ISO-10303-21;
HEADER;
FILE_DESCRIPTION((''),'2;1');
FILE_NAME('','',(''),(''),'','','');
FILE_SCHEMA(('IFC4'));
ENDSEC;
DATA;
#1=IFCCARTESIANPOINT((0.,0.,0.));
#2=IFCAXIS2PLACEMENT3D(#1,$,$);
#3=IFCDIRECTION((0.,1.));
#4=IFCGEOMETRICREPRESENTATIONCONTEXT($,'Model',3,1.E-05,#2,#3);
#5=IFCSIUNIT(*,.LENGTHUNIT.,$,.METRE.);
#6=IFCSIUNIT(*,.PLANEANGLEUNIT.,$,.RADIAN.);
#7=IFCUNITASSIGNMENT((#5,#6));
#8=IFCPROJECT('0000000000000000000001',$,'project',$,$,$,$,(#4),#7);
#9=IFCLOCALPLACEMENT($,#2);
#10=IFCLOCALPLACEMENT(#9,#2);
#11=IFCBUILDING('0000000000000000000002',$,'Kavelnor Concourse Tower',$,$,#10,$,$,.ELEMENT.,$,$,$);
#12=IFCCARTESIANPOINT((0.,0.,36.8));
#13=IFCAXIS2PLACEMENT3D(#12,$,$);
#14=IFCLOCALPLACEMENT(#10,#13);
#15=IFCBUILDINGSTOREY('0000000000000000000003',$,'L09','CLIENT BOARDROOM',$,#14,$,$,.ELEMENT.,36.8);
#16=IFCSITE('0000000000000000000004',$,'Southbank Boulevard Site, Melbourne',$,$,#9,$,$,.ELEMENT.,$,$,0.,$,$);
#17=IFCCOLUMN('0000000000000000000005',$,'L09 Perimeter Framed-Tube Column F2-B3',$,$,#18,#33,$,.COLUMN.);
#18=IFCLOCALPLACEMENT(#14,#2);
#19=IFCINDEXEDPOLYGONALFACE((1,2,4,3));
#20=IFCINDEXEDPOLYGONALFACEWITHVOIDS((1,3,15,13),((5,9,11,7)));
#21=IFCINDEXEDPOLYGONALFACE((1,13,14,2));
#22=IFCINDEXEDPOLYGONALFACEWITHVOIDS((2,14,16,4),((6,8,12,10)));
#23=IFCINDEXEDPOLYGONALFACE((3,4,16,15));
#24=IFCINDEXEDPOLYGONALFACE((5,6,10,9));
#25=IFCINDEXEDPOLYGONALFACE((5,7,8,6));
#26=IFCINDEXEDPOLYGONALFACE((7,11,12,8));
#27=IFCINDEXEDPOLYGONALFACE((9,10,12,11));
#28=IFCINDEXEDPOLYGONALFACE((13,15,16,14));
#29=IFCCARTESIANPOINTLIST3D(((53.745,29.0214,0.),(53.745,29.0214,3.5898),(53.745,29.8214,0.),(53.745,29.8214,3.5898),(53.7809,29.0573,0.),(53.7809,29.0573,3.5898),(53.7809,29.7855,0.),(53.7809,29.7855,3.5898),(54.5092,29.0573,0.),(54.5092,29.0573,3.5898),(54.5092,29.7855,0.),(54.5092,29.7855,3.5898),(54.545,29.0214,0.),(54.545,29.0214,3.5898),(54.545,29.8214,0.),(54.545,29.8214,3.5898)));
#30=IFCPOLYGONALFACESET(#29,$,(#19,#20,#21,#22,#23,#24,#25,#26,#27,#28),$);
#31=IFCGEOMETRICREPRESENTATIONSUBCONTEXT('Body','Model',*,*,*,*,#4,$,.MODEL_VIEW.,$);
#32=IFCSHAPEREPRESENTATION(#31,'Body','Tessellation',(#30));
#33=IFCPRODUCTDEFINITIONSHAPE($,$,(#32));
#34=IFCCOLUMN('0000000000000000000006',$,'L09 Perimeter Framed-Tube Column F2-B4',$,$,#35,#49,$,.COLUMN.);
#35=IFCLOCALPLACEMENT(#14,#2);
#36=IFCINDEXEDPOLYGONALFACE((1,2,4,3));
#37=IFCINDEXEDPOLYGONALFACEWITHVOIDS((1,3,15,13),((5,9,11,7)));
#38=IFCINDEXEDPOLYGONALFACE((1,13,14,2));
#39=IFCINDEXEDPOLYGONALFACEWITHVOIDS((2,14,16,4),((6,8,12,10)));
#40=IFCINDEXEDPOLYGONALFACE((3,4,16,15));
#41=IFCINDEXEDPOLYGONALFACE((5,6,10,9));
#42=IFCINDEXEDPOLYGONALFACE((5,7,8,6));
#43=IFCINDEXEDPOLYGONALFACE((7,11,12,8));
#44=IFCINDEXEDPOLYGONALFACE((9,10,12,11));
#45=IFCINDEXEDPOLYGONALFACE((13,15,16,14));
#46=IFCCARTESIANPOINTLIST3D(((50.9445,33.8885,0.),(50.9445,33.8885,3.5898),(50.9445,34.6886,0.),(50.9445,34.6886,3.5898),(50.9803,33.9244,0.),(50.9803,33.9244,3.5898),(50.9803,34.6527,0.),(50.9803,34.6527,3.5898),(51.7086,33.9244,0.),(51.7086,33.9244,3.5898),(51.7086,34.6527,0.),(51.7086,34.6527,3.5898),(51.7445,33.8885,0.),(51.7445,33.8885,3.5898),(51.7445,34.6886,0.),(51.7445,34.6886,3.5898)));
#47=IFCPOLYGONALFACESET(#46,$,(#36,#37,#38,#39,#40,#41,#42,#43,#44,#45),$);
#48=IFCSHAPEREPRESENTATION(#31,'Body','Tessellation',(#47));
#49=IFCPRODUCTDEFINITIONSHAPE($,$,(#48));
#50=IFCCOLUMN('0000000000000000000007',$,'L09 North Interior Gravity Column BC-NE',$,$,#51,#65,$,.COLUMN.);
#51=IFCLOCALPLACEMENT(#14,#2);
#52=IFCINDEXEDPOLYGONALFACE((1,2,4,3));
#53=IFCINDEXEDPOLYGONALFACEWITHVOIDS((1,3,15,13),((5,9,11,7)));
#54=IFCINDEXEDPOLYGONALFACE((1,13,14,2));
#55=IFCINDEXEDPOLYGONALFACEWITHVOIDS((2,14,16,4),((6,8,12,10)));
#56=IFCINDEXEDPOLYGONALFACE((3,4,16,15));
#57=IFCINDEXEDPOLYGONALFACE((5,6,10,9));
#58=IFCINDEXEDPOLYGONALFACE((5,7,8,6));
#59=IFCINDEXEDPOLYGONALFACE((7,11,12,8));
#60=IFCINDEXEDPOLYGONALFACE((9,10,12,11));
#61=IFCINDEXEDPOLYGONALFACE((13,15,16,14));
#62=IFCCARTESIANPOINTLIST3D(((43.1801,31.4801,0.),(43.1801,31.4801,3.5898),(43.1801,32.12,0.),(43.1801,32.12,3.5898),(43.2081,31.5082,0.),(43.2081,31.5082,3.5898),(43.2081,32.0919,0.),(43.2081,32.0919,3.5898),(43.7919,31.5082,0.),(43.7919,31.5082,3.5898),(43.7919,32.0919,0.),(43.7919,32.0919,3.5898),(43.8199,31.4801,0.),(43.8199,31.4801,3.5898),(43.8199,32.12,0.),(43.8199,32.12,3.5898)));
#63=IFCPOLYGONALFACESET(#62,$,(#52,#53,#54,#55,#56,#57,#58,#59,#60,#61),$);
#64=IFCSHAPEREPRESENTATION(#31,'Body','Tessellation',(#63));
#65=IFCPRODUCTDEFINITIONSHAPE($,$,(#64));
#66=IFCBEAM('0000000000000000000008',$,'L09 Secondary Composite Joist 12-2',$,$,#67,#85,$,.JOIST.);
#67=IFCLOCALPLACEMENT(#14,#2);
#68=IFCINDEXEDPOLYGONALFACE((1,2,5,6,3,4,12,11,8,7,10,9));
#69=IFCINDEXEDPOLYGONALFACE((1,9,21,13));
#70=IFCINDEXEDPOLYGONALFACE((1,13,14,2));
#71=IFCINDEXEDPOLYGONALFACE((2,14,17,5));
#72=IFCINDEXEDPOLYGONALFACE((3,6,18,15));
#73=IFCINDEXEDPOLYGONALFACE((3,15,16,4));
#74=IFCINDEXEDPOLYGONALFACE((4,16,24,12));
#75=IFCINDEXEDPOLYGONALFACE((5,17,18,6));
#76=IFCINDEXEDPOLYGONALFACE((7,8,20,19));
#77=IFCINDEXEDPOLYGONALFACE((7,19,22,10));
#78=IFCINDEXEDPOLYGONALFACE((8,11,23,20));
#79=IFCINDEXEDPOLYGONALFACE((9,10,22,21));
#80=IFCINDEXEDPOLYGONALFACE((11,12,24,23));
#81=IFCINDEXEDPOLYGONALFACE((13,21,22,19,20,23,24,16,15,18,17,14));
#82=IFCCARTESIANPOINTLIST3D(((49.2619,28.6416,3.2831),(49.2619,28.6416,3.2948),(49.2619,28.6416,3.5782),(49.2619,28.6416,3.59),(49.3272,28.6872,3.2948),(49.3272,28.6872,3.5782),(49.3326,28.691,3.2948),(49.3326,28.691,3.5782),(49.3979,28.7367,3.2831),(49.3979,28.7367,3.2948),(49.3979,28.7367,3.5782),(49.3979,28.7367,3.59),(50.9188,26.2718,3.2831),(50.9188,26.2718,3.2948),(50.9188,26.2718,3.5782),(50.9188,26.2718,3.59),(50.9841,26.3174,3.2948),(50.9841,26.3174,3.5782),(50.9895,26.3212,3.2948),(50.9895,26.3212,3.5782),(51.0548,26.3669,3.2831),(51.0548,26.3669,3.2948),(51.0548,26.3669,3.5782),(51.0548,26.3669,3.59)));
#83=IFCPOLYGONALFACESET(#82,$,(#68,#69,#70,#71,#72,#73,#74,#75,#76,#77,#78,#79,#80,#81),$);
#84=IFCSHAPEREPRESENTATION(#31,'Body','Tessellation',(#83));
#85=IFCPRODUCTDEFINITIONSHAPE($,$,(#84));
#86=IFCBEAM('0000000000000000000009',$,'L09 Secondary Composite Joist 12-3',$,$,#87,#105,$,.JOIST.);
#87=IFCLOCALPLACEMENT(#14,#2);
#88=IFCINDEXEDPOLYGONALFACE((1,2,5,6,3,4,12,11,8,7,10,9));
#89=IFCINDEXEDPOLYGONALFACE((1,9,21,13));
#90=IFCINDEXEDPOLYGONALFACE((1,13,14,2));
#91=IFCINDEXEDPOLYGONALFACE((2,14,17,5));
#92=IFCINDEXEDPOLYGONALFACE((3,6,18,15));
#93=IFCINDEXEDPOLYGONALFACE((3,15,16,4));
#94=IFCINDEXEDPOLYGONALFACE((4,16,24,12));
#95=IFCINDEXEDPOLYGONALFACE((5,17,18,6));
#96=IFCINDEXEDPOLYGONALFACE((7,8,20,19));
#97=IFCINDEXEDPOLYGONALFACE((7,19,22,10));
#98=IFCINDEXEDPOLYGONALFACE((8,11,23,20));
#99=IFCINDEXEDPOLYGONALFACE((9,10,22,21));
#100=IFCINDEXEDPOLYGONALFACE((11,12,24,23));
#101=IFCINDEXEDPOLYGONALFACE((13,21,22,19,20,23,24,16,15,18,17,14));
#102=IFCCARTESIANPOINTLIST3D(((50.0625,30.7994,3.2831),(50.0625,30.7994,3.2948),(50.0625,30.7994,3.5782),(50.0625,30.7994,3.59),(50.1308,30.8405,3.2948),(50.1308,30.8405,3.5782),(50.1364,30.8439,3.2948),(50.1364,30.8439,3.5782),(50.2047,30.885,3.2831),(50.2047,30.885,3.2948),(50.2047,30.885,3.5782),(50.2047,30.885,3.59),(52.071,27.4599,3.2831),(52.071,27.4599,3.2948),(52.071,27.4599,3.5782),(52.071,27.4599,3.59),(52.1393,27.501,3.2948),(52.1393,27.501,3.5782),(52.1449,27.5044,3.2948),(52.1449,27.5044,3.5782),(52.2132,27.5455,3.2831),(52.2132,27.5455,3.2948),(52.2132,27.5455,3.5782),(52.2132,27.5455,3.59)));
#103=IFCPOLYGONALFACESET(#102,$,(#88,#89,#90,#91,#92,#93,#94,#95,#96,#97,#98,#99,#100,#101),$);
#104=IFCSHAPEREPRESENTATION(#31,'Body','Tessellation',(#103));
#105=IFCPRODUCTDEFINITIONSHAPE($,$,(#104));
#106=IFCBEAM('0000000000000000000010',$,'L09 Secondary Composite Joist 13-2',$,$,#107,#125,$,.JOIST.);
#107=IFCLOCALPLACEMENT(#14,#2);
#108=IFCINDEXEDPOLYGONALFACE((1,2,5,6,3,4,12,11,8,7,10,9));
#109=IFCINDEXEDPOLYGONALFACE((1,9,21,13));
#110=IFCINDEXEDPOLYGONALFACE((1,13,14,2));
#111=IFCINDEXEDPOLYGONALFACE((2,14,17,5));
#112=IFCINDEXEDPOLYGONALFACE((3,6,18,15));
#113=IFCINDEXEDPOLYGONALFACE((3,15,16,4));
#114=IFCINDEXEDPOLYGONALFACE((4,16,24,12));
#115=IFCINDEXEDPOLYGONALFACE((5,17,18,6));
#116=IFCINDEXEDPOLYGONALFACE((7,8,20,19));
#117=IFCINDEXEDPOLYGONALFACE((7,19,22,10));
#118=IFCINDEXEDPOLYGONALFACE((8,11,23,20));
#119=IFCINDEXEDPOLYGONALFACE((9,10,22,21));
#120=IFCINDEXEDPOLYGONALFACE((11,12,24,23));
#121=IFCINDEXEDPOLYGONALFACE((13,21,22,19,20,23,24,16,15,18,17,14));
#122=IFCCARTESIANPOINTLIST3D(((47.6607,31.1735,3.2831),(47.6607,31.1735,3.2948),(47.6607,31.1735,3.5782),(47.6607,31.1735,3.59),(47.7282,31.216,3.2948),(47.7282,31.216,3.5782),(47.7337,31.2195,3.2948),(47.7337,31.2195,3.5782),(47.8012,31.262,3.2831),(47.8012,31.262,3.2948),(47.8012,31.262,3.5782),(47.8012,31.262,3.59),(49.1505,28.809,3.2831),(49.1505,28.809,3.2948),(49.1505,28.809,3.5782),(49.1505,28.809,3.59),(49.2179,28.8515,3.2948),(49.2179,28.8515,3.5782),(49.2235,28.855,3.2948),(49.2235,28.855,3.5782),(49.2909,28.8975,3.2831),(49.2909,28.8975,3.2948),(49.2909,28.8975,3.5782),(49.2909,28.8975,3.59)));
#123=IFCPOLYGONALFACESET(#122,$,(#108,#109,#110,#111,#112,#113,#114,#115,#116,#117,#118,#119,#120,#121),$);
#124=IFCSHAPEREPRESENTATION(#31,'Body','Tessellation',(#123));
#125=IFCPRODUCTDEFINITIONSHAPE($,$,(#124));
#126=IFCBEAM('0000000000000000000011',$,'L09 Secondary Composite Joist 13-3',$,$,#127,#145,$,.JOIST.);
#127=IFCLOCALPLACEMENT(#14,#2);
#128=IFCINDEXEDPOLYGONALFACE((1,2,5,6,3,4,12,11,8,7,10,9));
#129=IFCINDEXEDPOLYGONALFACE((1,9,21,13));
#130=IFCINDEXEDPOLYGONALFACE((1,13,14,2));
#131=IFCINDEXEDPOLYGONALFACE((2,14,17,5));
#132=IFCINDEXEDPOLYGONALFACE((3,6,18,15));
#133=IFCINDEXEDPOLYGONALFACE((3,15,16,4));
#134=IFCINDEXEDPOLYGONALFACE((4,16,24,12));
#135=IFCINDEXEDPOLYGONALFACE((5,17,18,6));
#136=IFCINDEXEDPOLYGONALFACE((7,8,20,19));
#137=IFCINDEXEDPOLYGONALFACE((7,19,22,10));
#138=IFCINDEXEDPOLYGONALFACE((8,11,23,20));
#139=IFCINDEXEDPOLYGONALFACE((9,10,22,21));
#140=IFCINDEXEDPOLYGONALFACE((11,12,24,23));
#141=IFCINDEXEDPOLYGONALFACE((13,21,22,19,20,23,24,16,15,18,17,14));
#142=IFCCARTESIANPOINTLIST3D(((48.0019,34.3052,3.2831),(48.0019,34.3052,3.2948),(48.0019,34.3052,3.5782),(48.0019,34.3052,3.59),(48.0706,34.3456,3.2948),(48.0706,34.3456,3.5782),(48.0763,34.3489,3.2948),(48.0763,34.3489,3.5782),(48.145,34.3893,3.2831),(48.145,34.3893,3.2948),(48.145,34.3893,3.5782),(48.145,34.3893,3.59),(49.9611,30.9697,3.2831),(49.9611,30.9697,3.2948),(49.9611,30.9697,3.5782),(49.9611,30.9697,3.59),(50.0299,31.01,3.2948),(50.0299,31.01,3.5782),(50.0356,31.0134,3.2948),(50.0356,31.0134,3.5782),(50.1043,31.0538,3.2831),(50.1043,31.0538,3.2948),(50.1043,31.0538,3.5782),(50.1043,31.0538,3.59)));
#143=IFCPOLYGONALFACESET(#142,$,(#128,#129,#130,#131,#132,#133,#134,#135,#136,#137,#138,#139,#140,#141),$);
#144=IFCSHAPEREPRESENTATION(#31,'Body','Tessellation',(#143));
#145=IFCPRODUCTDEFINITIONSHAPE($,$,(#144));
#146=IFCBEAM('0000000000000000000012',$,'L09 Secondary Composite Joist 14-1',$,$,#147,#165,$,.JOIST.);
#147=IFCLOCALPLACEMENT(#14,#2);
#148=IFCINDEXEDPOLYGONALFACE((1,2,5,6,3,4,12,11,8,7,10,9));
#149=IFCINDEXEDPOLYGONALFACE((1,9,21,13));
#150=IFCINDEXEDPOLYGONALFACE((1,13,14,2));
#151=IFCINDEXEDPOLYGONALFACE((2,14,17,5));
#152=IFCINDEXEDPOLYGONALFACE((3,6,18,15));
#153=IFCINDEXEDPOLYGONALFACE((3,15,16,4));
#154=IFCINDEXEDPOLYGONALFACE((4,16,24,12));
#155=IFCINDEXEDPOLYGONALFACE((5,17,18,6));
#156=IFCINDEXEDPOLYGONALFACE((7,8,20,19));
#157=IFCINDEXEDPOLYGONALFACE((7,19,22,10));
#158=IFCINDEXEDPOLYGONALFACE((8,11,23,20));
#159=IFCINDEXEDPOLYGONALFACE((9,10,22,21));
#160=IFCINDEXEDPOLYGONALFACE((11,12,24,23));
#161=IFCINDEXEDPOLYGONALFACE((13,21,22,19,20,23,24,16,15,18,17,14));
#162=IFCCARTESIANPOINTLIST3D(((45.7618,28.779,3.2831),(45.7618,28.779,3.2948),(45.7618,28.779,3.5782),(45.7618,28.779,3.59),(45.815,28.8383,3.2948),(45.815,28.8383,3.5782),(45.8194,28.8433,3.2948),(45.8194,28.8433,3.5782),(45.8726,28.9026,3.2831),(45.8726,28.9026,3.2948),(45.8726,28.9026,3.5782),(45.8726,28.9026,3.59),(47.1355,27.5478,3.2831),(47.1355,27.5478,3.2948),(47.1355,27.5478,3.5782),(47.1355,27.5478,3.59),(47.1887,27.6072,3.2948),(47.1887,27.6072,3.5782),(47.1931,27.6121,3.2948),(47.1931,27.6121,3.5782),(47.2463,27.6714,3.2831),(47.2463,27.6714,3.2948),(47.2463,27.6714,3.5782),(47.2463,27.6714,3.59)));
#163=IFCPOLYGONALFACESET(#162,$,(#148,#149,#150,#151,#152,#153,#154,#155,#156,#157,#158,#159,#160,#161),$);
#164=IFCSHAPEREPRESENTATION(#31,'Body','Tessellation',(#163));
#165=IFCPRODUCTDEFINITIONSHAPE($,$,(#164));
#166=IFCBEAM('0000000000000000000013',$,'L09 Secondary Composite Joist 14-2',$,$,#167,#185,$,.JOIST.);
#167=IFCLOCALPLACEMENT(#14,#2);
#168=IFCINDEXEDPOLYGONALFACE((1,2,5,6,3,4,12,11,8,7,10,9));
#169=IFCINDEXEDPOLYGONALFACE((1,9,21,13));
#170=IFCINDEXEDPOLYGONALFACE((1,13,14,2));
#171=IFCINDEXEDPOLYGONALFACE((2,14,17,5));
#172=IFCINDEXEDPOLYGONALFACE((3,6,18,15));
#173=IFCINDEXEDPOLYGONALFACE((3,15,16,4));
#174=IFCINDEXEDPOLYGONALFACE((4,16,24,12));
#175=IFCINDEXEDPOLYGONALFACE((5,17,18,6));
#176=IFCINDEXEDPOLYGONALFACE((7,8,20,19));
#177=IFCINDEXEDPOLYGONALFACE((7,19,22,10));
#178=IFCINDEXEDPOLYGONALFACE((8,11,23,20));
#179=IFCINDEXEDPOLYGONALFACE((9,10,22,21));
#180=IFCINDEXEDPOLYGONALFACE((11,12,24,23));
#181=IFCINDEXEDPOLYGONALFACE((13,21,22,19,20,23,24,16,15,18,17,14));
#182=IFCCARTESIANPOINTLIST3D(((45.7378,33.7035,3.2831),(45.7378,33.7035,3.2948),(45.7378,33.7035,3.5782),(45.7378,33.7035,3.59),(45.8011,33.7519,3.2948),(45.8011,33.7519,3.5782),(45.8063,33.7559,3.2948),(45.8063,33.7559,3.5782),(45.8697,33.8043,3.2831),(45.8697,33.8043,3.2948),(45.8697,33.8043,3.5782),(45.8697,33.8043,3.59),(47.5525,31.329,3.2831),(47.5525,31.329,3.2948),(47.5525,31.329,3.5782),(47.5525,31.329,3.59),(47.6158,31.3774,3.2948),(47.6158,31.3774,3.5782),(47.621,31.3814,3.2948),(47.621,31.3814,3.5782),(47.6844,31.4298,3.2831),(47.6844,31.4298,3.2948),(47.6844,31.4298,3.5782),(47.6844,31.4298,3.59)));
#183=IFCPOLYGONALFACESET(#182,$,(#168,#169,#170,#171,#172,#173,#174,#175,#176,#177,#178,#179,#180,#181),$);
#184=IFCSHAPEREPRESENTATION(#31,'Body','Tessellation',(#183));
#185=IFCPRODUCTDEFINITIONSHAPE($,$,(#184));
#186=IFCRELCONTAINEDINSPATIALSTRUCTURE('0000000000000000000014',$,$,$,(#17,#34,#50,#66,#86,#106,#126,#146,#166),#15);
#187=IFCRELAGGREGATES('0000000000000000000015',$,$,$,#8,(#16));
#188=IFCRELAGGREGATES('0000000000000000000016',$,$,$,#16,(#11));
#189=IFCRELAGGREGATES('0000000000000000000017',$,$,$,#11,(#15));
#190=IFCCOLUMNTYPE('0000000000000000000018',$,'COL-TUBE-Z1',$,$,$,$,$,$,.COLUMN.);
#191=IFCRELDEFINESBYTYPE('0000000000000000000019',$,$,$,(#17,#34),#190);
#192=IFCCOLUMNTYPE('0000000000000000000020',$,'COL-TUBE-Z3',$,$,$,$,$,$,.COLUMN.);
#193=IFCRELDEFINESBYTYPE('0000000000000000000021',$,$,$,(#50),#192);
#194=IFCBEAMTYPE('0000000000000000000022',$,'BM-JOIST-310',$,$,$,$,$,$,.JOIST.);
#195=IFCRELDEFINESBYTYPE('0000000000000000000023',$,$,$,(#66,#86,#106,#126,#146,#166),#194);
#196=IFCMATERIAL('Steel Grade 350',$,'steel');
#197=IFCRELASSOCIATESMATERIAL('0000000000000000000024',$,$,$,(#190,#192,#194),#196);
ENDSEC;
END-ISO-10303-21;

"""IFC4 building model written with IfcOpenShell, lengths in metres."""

from ifc_helpers import new_model, si_unit, direction, frame, origin, origin_2d, place, context, subcontext, project, spatial, hollow_rectangle, i_section, extrude, material, material_profile, profile_set, type_object, element, save


model = new_model("IFC4")

# Units and contexts
model_context = context("Model", 3, precision=1e-05, world=origin(), true_north=direction((0.0, 1.0)))
body_context = subcontext(model_context, "Body", "Model", "MODEL_VIEW")
ifc_project = project(units=[si_unit("LENGTHUNIT", "METRE"), si_unit("PLANEANGLEUNIT", "RADIAN")], contexts=[model_context])

# Site, building, storey
site_placement = place(None, origin())
site = spatial("IfcSite", under=ifc_project, at=site_placement, Name="Southbank Boulevard Site, Melbourne", CompositionType="ELEMENT", RefElevation=0.0)
building_placement = place(site_placement, origin())
building = spatial("IfcBuilding", under=site, at=building_placement, Name="Kavelnor Concourse Tower", CompositionType="ELEMENT")
storey_placement = place(building_placement, frame((0.0, 0.0, 36.8)))
storey = spatial("IfcBuildingStorey", under=building, at=storey_placement, Name="L09", Description="CLIENT BOARDROOM", CompositionType="ELEMENT", Elevation=36.8)

# Columns
ifc_material = material(Name="Steel Grade 350", Category="steel")
ifc_material_profile_1 = material_profile(ifc_material, hollow_rectangle(XDim=0.8, YDim=0.8, WallThickness=0.0359, at=origin_2d()), Name="SHS 800x800x36")
ifc_profile_set_1 = profile_set([ifc_material_profile_1], Name="Steel Grade 350")
column_type_1 = type_object("IfcColumnType", Name="COL-TUBE-Z1", PredefinedType="COLUMN", material=ifc_profile_set_1)
for number, where, z_axis, x_axis, name in (
    (1, (54.145, 29.4214, 0.0), (0.0, 0.0, 1.0), (1.0, 0.0, 0.0), "L09 Perimeter Framed-Tube Column F2-B3"),
    (2, (51.3445, 34.2886, 0.0), (0.0, 0.0, 1.0), (1.0, 0.0, 0.0), "L09 Perimeter Framed-Tube Column F2-B4"),
):
    element("IfcColumn", number, at=place(storey_placement, frame(where, z_axis=z_axis, x_axis=x_axis)), inside=storey, type_object=column_type_1, Name=name, PredefinedType="COLUMN", context=body_context, shape_type="SweptSolid", body=[
        extrude(hollow_rectangle(XDim=0.8, YDim=0.8, WallThickness=0.0359, at=origin_2d()), origin(), (0.0, 0.0, 1.0), 3.5898),
    ])
ifc_material_profile_2 = material_profile(ifc_material, hollow_rectangle(XDim=0.6399, YDim=0.6399, WallThickness=0.0281, at=origin_2d()), Name="SHS 640x640x28")
ifc_profile_set_2 = profile_set([ifc_material_profile_2], Name="Steel Grade 350")
column_type_2 = type_object("IfcColumnType", Name="COL-TUBE-Z3", PredefinedType="COLUMN", material=ifc_profile_set_2)
column_placement = place(storey_placement, frame((43.5, 31.8, 0.0), z_axis=(0.0, 0.0, 1.0), x_axis=(1.0, 0.0, 0.0)))
element("IfcColumn", 3, at=column_placement, inside=storey, type_object=column_type_2, Name="L09 North Interior Gravity Column BC-NE", PredefinedType="COLUMN", context=body_context, shape_type="SweptSolid", body=[
    extrude(hollow_rectangle(XDim=0.6399, YDim=0.6399, WallThickness=0.0281, at=origin_2d()), origin(), (0.0, 0.0, 1.0), 3.5898),
])

# Beams
ifc_material_profile_3 = material_profile(ifc_material, i_section(OverallWidth=0.166, OverallDepth=0.3069, WebThickness=0.0066, FlangeThickness=0.0117, at=origin_2d()), Name="310UB46")
ifc_profile_set_3 = profile_set([ifc_material_profile_3], Name="Steel Grade 350")
beam_type_1 = type_object("IfcBeamType", Name="BM-JOIST-310", PredefinedType="JOIST", material=ifc_profile_set_3)
beam_1_placement = place(storey_placement, frame((50.9868, 26.3193, 3.4365), z_axis=(-0.573015, 0.819545, 0.0), x_axis=(-0.819545, -0.573015, 0.0)))
element("IfcBeam", 4, at=beam_1_placement, inside=storey, type_object=beam_type_1, Name="L09 Secondary Composite Joist 12-2", PredefinedType="JOIST", context=body_context, shape_type="SweptSolid", body=[
    extrude(i_section(OverallWidth=0.166, OverallDepth=0.3069, WebThickness=0.0066, FlangeThickness=0.0117, at=origin_2d()), origin(), (0.0, 0.0, 1.0), 2.8916),
])
beam_2_placement = place(storey_placement, frame((52.1421, 27.5027, 3.4365), z_axis=(-0.515398, 0.856951, 0.0), x_axis=(-0.856951, -0.515398, 0.0)))
element("IfcBeam", 5, at=beam_2_placement, inside=storey, type_object=beam_type_1, Name="L09 Secondary Composite Joist 12-3", PredefinedType="JOIST", context=body_context, shape_type="SweptSolid", body=[
    extrude(i_section(OverallWidth=0.166, OverallDepth=0.3069, WebThickness=0.0066, FlangeThickness=0.0117, at=origin_2d()), origin(), (0.0, 0.0, 1.0), 3.897),
])
beam_3_placement = place(storey_placement, frame((49.2207, 28.8533, 3.4365), z_axis=(-0.533066, 0.846074, 0.0), x_axis=(-0.846074, -0.533066, 0.0)))
element("IfcBeam", 6, at=beam_3_placement, inside=storey, type_object=beam_type_1, Name="L09 Secondary Composite Joist 13-2", PredefinedType="JOIST", context=body_context, shape_type="SweptSolid", body=[
    extrude(i_section(OverallWidth=0.166, OverallDepth=0.3069, WebThickness=0.0066, FlangeThickness=0.0117, at=origin_2d()), origin(), (0.0, 0.0, 1.0), 2.7947),
])
beam_4_placement = place(storey_placement, frame((50.0327, 31.0117, 3.4365), z_axis=(-0.506482, 0.86225, 0.0), x_axis=(-0.86225, -0.506482, 0.0)))
element("IfcBeam", 7, at=beam_4_placement, inside=storey, type_object=beam_type_1, Name="L09 Secondary Composite Joist 13-3", PredefinedType="JOIST", context=body_context, shape_type="SweptSolid", body=[
    extrude(i_section(OverallWidth=0.166, OverallDepth=0.3069, WebThickness=0.0066, FlangeThickness=0.0117, at=origin_2d()), origin(), (0.0, 0.0, 1.0), 3.8684),
])
beam_5_placement = place(storey_placement, frame((47.1909, 27.6096, 3.4365), z_axis=(-0.744694, 0.667406, 0.0), x_axis=(-0.667406, -0.744694, 0.0)))
element("IfcBeam", 8, at=beam_5_placement, inside=storey, type_object=beam_type_1, Name="L09 Secondary Composite Joist 14-1", PredefinedType="JOIST", context=body_context, shape_type="SweptSolid", body=[
    extrude(i_section(OverallWidth=0.166, OverallDepth=0.3069, WebThickness=0.0066, FlangeThickness=0.0117, at=origin_2d()), origin(), (0.0, 0.0, 1.0), 1.8447),
])
beam_6_placement = place(storey_placement, frame((47.6184, 31.3794, 3.4365), z_axis=(-0.607217, 0.794536, 0.0), x_axis=(-0.794536, -0.607217, 0.0)))
element("IfcBeam", 9, at=beam_6_placement, inside=storey, type_object=beam_type_1, Name="L09 Secondary Composite Joist 14-2", PredefinedType="JOIST", context=body_context, shape_type="SweptSolid", body=[
    extrude(i_section(OverallWidth=0.166, OverallDepth=0.3069, WebThickness=0.0066, FlangeThickness=0.0117, at=origin_2d()), origin(), (0.0, 0.0, 1.0), 2.9885),
])

save(model, "model.ifc")
